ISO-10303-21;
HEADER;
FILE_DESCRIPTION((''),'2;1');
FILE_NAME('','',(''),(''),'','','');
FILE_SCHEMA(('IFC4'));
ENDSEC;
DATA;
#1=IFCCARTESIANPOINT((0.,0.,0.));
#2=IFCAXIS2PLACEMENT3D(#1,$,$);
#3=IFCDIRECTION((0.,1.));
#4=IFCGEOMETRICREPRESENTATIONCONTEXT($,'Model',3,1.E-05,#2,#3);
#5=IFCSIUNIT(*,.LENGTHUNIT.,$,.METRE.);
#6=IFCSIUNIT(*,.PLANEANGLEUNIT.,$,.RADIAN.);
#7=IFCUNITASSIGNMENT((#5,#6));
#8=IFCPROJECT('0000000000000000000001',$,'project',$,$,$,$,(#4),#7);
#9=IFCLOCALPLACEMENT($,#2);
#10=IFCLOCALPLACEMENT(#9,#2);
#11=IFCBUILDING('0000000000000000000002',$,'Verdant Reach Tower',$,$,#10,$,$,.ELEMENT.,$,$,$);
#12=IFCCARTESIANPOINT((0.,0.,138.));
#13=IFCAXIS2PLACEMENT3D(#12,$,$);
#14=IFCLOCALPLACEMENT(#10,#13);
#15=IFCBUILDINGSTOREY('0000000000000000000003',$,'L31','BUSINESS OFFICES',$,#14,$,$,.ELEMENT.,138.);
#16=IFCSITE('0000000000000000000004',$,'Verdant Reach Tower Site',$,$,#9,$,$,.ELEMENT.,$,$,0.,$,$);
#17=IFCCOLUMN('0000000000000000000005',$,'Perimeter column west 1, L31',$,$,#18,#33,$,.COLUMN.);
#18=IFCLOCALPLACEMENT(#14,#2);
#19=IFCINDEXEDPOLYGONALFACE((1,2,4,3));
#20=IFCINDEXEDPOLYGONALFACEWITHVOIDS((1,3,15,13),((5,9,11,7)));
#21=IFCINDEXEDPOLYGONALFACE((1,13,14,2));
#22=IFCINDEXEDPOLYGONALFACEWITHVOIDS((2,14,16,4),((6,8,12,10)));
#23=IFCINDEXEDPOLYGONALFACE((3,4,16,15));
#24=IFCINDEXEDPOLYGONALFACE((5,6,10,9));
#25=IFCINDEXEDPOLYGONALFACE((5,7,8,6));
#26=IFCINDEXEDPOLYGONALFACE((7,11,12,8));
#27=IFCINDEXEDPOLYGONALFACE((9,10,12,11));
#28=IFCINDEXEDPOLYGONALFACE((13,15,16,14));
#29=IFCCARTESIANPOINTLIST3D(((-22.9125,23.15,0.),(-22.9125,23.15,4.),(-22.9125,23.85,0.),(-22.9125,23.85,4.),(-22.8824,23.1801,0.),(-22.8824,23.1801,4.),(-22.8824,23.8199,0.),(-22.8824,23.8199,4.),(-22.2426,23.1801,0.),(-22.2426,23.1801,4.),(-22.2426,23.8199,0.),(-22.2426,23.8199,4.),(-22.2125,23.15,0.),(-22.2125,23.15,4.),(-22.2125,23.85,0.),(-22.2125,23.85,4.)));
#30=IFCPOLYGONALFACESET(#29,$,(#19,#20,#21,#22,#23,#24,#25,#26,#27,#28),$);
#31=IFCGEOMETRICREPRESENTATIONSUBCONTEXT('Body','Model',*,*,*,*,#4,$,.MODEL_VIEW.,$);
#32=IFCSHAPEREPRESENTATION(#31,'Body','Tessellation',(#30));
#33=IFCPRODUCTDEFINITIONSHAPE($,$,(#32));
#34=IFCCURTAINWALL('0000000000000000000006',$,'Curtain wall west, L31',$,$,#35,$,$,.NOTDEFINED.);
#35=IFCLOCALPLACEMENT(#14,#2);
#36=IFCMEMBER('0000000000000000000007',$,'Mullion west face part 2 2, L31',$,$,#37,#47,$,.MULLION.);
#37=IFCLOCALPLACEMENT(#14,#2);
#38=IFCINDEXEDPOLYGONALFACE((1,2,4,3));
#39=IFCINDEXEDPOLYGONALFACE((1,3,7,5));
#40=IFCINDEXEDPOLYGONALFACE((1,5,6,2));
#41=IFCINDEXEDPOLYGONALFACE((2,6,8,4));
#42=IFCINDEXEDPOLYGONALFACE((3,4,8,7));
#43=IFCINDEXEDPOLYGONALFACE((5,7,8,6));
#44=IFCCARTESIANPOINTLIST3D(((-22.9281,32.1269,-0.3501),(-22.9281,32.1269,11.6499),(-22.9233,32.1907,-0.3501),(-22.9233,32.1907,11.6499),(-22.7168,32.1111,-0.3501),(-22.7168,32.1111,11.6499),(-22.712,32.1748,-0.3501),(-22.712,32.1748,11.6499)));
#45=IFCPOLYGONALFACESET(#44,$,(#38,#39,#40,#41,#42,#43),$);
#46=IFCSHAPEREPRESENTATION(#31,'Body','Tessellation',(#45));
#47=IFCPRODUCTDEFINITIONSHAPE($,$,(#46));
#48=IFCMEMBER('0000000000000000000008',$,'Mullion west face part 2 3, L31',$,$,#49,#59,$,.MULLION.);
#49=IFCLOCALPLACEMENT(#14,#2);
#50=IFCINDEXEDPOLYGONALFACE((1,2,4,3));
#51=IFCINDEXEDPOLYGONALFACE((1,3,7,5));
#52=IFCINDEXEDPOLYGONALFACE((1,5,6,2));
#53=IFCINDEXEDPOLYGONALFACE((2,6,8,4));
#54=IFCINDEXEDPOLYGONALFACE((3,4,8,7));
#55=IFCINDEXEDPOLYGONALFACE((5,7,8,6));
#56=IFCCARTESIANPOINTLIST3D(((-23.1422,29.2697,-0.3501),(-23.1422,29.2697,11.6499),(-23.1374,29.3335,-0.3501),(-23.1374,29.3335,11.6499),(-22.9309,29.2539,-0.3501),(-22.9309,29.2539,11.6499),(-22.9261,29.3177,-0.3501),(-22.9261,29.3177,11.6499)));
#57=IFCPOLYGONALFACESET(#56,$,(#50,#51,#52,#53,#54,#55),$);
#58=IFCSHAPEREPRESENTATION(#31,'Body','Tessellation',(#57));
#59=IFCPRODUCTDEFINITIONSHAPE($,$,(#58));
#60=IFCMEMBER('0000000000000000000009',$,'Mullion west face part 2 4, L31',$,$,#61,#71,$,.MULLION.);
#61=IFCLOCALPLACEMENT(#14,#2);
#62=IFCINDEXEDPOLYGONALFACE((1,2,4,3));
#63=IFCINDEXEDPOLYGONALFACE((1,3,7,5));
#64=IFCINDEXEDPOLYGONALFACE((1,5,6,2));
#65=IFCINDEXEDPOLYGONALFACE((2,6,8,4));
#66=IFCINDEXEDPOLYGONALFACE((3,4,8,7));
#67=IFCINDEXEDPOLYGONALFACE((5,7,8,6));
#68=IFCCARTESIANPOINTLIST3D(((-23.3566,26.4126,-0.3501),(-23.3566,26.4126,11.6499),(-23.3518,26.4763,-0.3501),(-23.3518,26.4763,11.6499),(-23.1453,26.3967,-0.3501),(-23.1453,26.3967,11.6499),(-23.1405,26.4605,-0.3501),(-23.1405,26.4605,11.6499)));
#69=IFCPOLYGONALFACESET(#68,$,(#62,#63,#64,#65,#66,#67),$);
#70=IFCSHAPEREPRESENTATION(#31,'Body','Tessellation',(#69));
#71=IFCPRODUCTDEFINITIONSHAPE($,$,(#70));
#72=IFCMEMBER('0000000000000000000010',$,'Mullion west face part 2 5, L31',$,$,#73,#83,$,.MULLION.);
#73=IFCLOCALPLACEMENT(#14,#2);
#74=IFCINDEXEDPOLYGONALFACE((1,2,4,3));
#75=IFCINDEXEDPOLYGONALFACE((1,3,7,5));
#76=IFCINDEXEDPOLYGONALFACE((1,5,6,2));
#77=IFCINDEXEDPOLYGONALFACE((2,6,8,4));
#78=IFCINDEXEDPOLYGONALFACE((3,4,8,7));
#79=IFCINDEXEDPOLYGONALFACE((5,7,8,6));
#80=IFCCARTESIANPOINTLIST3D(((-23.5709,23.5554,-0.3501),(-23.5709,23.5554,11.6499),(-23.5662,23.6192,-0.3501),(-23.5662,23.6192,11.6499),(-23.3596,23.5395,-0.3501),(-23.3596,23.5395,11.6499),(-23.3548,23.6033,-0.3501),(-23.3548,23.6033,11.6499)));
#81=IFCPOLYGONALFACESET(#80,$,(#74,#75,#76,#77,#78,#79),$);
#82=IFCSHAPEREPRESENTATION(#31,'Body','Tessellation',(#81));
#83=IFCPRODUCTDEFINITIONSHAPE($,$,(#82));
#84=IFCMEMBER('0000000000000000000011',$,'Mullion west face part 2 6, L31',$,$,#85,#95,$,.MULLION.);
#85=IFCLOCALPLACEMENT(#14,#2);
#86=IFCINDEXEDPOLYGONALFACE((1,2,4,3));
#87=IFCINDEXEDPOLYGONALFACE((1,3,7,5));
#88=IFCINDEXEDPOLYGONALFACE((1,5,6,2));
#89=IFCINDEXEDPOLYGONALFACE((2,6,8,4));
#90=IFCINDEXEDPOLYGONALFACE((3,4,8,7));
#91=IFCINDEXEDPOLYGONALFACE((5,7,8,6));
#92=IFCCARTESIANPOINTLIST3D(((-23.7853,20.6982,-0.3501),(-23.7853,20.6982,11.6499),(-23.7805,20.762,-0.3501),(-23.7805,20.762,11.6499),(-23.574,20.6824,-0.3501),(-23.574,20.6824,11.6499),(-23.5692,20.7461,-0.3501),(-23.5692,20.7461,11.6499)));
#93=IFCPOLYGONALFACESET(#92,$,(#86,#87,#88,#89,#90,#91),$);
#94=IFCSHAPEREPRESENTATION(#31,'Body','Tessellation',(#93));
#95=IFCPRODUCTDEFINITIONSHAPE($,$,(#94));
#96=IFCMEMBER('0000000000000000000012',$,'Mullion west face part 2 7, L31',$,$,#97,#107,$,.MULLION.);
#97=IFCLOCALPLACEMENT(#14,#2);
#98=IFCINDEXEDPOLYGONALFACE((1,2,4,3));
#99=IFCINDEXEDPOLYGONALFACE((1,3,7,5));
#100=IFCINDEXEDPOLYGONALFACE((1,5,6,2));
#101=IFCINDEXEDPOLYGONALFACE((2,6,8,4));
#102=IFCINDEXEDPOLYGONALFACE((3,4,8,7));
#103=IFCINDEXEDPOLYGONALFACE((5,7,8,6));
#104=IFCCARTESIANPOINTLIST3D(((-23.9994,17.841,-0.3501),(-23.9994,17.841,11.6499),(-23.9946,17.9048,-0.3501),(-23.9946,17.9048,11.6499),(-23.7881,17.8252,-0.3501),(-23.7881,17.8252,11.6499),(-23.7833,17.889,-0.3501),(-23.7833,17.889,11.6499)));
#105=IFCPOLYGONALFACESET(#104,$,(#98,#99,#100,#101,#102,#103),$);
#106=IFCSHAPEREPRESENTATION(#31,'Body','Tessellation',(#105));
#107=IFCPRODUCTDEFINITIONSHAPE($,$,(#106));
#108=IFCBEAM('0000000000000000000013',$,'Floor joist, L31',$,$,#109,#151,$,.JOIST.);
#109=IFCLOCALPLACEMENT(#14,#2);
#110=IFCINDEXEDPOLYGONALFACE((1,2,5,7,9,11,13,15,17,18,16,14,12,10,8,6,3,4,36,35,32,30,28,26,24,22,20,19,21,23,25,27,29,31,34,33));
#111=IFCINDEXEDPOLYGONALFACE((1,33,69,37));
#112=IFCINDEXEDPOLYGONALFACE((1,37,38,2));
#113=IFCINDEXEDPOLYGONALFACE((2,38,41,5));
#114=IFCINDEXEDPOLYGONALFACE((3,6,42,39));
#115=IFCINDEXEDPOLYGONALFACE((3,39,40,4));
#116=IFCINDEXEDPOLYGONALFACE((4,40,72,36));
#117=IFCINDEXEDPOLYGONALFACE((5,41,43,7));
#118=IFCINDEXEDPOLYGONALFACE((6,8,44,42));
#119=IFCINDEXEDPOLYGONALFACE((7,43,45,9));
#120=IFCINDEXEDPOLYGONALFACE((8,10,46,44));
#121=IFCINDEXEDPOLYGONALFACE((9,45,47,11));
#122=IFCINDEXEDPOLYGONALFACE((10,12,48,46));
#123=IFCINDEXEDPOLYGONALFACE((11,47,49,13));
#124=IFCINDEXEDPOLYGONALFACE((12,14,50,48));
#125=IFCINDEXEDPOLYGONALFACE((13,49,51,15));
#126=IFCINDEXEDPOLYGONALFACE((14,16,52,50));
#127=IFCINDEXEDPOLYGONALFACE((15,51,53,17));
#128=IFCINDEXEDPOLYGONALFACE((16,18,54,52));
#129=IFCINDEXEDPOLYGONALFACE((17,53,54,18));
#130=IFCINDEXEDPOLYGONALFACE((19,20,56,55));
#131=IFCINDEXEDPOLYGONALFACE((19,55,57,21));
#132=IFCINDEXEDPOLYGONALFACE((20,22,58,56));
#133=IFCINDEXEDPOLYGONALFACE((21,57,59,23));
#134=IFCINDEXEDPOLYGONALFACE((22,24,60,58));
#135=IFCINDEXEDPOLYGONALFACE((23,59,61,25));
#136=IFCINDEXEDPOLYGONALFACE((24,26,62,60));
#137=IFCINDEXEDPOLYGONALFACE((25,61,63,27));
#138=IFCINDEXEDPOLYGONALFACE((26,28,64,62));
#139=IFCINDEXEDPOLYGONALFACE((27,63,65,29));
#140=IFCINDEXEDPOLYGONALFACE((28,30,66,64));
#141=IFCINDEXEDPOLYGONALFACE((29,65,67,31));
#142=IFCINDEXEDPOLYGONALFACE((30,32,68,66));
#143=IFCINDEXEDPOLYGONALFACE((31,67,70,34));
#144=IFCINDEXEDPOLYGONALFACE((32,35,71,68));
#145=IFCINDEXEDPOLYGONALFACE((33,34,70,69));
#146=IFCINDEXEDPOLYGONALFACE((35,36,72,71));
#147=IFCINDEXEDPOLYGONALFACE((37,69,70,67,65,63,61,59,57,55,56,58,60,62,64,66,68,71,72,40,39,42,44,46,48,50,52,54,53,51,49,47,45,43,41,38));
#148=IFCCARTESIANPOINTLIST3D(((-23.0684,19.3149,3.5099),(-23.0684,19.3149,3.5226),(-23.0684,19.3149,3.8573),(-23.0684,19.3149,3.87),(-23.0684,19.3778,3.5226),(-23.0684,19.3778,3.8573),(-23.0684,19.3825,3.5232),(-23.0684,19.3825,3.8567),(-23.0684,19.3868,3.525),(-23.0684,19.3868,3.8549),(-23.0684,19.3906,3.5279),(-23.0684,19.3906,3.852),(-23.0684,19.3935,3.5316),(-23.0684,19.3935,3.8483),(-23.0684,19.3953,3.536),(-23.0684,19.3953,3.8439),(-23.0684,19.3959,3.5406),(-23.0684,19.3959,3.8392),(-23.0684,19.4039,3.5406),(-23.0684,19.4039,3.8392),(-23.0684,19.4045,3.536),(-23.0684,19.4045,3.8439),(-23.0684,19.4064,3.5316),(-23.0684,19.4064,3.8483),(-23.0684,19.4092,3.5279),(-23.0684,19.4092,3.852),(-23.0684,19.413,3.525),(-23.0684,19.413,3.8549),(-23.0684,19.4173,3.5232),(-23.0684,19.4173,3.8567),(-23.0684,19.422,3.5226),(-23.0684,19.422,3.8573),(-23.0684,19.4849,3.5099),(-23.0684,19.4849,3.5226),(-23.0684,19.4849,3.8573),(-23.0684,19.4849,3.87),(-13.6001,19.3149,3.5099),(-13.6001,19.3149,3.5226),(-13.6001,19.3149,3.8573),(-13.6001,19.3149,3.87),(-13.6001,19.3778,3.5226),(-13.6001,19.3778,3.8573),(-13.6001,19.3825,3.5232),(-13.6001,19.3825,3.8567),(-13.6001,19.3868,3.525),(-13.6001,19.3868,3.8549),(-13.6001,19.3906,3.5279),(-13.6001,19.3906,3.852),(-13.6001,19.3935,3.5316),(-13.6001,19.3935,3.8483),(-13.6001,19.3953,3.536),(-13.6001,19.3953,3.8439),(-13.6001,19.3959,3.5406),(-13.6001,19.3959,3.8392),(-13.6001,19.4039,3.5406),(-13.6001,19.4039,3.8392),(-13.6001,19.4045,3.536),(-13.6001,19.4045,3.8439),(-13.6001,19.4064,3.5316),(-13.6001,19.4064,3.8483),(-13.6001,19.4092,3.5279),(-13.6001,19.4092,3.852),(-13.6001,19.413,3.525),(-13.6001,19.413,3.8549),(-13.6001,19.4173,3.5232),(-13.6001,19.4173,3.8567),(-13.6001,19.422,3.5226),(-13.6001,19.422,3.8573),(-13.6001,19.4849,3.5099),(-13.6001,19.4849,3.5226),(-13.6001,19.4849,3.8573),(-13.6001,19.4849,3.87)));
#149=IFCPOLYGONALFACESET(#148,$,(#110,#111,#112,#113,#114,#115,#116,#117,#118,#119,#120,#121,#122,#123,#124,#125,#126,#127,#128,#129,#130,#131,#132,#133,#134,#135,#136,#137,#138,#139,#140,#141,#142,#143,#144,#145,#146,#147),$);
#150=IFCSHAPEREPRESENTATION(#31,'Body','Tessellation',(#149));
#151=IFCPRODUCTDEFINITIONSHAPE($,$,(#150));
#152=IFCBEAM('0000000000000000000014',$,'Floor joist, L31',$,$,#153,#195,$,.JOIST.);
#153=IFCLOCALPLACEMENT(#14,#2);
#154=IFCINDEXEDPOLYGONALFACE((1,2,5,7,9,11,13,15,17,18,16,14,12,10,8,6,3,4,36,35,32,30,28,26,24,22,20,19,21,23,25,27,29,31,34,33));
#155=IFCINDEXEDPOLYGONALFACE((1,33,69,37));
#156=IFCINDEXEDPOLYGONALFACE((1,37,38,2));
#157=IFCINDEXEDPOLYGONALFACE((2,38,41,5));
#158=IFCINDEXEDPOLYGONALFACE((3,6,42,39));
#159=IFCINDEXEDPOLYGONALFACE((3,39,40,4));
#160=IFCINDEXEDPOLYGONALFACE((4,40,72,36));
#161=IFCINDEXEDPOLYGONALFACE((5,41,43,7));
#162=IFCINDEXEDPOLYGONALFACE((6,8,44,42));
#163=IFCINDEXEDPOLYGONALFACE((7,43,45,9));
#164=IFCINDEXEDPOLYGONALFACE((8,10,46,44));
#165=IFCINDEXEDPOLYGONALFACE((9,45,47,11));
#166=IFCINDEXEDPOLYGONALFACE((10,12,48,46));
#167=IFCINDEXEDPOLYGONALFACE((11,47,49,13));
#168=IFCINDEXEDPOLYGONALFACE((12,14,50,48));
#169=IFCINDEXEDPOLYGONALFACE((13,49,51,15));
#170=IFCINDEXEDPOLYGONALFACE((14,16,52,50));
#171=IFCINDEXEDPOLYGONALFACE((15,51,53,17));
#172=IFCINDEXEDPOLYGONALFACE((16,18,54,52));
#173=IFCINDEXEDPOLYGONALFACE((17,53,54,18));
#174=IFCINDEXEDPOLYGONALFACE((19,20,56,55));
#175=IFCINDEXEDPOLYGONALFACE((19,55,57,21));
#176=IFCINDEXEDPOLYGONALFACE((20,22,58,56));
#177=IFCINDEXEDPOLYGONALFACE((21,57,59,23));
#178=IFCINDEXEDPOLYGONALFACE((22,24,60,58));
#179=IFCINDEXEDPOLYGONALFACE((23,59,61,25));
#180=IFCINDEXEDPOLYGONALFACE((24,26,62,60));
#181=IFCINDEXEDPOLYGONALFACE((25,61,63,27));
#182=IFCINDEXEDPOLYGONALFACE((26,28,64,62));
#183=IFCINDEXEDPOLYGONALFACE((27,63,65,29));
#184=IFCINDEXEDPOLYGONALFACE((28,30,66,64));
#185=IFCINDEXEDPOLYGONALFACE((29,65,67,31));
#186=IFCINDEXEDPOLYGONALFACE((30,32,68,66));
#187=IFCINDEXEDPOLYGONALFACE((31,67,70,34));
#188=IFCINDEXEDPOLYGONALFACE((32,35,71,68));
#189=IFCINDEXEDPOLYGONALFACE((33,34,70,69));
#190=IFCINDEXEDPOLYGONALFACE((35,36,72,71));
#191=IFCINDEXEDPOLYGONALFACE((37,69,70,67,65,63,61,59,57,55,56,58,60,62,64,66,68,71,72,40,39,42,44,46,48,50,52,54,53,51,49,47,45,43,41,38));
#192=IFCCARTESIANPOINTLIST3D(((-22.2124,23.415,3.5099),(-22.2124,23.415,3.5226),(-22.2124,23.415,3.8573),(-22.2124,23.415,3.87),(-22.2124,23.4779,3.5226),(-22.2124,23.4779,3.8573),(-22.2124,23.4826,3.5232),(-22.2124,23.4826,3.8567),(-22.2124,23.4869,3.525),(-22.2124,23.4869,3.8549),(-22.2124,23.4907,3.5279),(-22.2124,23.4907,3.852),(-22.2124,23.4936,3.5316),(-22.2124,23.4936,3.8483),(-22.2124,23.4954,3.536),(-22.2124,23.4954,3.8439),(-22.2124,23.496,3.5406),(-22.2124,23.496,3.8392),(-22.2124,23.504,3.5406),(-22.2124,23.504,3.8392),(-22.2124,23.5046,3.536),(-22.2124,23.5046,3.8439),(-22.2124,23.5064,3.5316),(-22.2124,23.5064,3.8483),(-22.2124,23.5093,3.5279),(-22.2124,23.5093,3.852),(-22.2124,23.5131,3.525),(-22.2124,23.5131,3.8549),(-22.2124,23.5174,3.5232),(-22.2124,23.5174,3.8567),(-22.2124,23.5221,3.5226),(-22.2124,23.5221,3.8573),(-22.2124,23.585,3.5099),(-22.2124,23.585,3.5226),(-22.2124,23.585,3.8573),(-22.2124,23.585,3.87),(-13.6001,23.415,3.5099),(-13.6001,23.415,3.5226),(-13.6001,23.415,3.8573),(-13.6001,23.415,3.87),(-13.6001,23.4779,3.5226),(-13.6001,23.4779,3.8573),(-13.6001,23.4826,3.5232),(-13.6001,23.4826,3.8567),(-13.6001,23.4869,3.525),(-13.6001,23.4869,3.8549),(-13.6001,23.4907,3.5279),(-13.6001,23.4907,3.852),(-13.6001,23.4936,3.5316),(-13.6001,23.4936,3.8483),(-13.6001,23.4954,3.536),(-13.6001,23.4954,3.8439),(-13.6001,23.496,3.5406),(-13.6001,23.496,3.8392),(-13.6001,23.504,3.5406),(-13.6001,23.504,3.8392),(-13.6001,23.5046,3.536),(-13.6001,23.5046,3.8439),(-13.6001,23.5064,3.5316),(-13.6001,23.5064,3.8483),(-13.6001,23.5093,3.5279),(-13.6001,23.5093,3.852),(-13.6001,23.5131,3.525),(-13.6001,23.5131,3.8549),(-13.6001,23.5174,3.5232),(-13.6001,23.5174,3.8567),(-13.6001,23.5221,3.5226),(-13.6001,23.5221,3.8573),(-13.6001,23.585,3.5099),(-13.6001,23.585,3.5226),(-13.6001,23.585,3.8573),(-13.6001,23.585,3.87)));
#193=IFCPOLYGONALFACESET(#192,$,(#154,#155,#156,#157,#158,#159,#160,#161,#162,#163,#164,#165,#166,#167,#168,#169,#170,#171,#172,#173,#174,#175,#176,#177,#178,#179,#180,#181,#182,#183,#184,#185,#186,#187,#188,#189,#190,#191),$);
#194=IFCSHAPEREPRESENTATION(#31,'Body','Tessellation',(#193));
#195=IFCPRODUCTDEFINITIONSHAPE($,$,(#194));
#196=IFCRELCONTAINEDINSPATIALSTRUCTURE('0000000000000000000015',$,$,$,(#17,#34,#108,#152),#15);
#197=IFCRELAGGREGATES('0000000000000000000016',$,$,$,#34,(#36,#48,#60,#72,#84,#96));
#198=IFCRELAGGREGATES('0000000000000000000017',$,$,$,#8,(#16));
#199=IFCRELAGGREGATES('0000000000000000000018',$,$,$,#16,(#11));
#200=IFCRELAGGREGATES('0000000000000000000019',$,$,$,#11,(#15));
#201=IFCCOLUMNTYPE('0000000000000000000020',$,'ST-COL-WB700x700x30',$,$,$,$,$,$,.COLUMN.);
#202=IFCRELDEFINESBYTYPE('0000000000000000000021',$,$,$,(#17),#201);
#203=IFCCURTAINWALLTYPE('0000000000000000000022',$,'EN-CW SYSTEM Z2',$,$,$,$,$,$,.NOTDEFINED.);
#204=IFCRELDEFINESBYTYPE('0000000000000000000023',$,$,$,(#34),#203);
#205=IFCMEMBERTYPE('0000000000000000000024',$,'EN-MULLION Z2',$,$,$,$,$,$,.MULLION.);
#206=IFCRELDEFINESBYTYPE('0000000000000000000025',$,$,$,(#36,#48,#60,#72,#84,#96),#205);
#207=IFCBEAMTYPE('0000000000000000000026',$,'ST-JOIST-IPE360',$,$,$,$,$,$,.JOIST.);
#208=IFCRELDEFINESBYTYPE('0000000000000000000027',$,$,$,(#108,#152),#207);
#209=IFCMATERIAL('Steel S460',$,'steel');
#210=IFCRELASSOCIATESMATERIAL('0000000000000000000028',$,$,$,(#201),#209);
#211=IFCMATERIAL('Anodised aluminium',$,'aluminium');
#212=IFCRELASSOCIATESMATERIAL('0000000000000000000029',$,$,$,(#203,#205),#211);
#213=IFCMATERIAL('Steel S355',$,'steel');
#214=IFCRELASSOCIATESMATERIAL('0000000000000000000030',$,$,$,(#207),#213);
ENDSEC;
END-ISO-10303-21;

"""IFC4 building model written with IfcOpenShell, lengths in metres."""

from ifc_helpers import new_model, si_unit, direction, frame, origin, origin_2d, place, context, subcontext, project, spatial, rectangle, hollow_rectangle, i_section, extrude, material, material_profile, profile_set, type_object, element, aggregate, save


model = new_model("IFC4")

# Units and contexts
model_context = context("Model", 3, precision=1e-05, world=origin(), true_north=direction((0.0, 1.0)))
body_context = subcontext(model_context, "Body", "Model", "MODEL_VIEW")
ifc_project = project(units=[si_unit("LENGTHUNIT", "METRE"), si_unit("PLANEANGLEUNIT", "RADIAN")], contexts=[model_context])

# Site, building, storey
site_placement = place(None, origin())
site = spatial("IfcSite", under=ifc_project, at=site_placement, Name="Verdant Reach Tower Site", CompositionType="ELEMENT", RefElevation=0.0)
building_placement = place(site_placement, origin())
building = spatial("IfcBuilding", under=site, at=building_placement, Name="Verdant Reach Tower", CompositionType="ELEMENT")
storey_placement = place(building_placement, frame((0.0, 0.0, 138.0)))
storey = spatial("IfcBuildingStorey", under=building, at=storey_placement, Name="L31", Description="BUSINESS OFFICES", CompositionType="ELEMENT", Elevation=138.0)

# Column
ifc_material_1 = material(Name="Steel S460", Category="steel")
ifc_material_profile_1 = material_profile(ifc_material_1, hollow_rectangle(XDim=0.7, YDim=0.7, WallThickness=0.03, at=origin_2d()), Name="WB 700x700x30")
ifc_profile_set_1 = profile_set([ifc_material_profile_1], Name="Steel S460")
column_type = type_object("IfcColumnType", Name="ST-COL-WB700x700x30", PredefinedType="COLUMN", material=ifc_profile_set_1)
column_placement = place(storey_placement, frame((-22.5625, 23.5, 0.0), z_axis=(0.0, 0.0, 1.0), x_axis=(1.0, 0.0, 0.0)))
element("IfcColumn", 1, at=column_placement, inside=storey, type_object=column_type, Name="Perimeter column west 1, L31", PredefinedType="COLUMN", context=body_context, shape_type="SweptSolid", body=[
    extrude(hollow_rectangle(XDim=0.7, YDim=0.7, WallThickness=0.03, at=origin_2d()), origin(), (0.0, 0.0, 1.0), 4.0),
])

# Curtain wall, members
ifc_material_2 = material(Name="Anodised aluminium", Category="aluminium")
curtain_wall_type = type_object("IfcCurtainWallType", Name="EN-CW SYSTEM Z2", PredefinedType="NOTDEFINED", material=ifc_material_2)
curtain_wall_placement = place(storey_placement, origin())
curtain_wall = element("IfcCurtainWall", 2, at=curtain_wall_placement, inside=storey, type_object=curtain_wall_type, Name="Curtain wall west, L31", PredefinedType="NOTDEFINED")
ifc_material_profile_2 = material_profile(ifc_material_2, rectangle(XDim=0.2119, YDim=0.064, at=origin_2d()), Name="Mullion 64x212")
ifc_profile_set_2 = profile_set([ifc_material_profile_2], Name="Anodised aluminium")
member_type = type_object("IfcMemberType", Name="EN-MULLION Z2", PredefinedType="MULLION", material=ifc_profile_set_2)
member_1_placement = place(storey_placement, frame((-22.8201, 32.1509, -0.3501), z_axis=(0.0, 0.0, 1.0), x_axis=(-0.997199, 0.07479, 0.0)))
member_1 = element("IfcMember", 3, at=member_1_placement, type_object=member_type, Name="Mullion west face part 2 2, L31", PredefinedType="MULLION", context=body_context, shape_type="SweptSolid", body=[
    extrude(rectangle(XDim=0.2119, YDim=0.064, at=origin_2d()), origin(), (0.0, 0.0, 1.0), 12.0),
])
member_2_placement = place(storey_placement, frame((-23.0342, 29.2937, -0.3501), z_axis=(0.0, 0.0, 1.0), x_axis=(-0.997199, 0.07479, 0.0)))
member_2 = element("IfcMember", 4, at=member_2_placement, type_object=member_type, Name="Mullion west face part 2 3, L31", PredefinedType="MULLION", context=body_context, shape_type="SweptSolid", body=[
    extrude(rectangle(XDim=0.2119, YDim=0.064, at=origin_2d()), origin(), (0.0, 0.0, 1.0), 12.0),
])
member_3_placement = place(storey_placement, frame((-23.2485, 26.4365, -0.3501), z_axis=(0.0, 0.0, 1.0), x_axis=(-0.997199, 0.07479, 0.0)))
member_3 = element("IfcMember", 5, at=member_3_placement, type_object=member_type, Name="Mullion west face part 2 4, L31", PredefinedType="MULLION", context=body_context, shape_type="SweptSolid", body=[
    extrude(rectangle(XDim=0.2119, YDim=0.064, at=origin_2d()), origin(), (0.0, 0.0, 1.0), 12.0),
])
member_4_placement = place(storey_placement, frame((-23.4629, 23.5793, -0.3501), z_axis=(0.0, 0.0, 1.0), x_axis=(-0.997199, 0.07479, 0.0)))
member_4 = element("IfcMember", 6, at=member_4_placement, type_object=member_type, Name="Mullion west face part 2 5, L31", PredefinedType="MULLION", context=body_context, shape_type="SweptSolid", body=[
    extrude(rectangle(XDim=0.2119, YDim=0.064, at=origin_2d()), origin(), (0.0, 0.0, 1.0), 12.0),
])
member_5_placement = place(storey_placement, frame((-23.6772, 20.7222, -0.3501), z_axis=(0.0, 0.0, 1.0), x_axis=(-0.997199, 0.07479, 0.0)))
member_5 = element("IfcMember", 7, at=member_5_placement, type_object=member_type, Name="Mullion west face part 2 6, L31", PredefinedType="MULLION", context=body_context, shape_type="SweptSolid", body=[
    extrude(rectangle(XDim=0.2119, YDim=0.064, at=origin_2d()), origin(), (0.0, 0.0, 1.0), 12.0),
])
member_6_placement = place(storey_placement, frame((-23.8914, 17.865, -0.3501), z_axis=(0.0, 0.0, 1.0), x_axis=(-0.997199, 0.07479, 0.0)))
member_6 = element("IfcMember", 8, at=member_6_placement, type_object=member_type, Name="Mullion west face part 2 7, L31", PredefinedType="MULLION", context=body_context, shape_type="SweptSolid", body=[
    extrude(rectangle(XDim=0.2119, YDim=0.064, at=origin_2d()), origin(), (0.0, 0.0, 1.0), 12.0),
])

# Beams
ifc_material_3 = material(Name="Steel S355", Category="steel")
ifc_material_profile_3 = material_profile(ifc_material_3, i_section(OverallWidth=0.1699, OverallDepth=0.3601, WebThickness=0.0081, FlangeThickness=0.0127, FilletRadius=0.0181, at=origin_2d()), Name="IPE 360")
ifc_profile_set_3 = profile_set([ifc_material_profile_3], Name="Steel S355")
beam_type = type_object("IfcBeamType", Name="ST-JOIST-IPE360", PredefinedType="JOIST", material=ifc_profile_set_3)
beam_1_placement = place(storey_placement, frame((-13.6001, 19.3999, 3.6899), z_axis=(-1.0, 0.0, 0.0), x_axis=(0.0, -1.0, 0.0)))
element("IfcBeam", 9, at=beam_1_placement, inside=storey, type_object=beam_type, Name="Floor joist, L31", PredefinedType="JOIST", context=body_context, shape_type="SweptSolid", body=[
    extrude(i_section(OverallWidth=0.1699, OverallDepth=0.3601, WebThickness=0.0081, FlangeThickness=0.0127, FilletRadius=0.0181, at=origin_2d()), origin(), (0.0, 0.0, 1.0), 9.4683),
])
beam_2_placement = place(storey_placement, frame((-13.6001, 23.5, 3.6899), z_axis=(-1.0, 0.0, 0.0), x_axis=(0.0, -1.0, 0.0)))
element("IfcBeam", 10, at=beam_2_placement, inside=storey, type_object=beam_type, Name="Floor joist, L31", PredefinedType="JOIST", context=body_context, shape_type="SweptSolid", body=[
    extrude(i_section(OverallWidth=0.1699, OverallDepth=0.3601, WebThickness=0.0081, FlangeThickness=0.0127, FilletRadius=0.0181, at=origin_2d()), origin(), (0.0, 0.0, 1.0), 8.6123),
])

aggregate(curtain_wall, [member_1, member_2, member_3, member_4, member_5, member_6])

save(model, "model.ifc")
